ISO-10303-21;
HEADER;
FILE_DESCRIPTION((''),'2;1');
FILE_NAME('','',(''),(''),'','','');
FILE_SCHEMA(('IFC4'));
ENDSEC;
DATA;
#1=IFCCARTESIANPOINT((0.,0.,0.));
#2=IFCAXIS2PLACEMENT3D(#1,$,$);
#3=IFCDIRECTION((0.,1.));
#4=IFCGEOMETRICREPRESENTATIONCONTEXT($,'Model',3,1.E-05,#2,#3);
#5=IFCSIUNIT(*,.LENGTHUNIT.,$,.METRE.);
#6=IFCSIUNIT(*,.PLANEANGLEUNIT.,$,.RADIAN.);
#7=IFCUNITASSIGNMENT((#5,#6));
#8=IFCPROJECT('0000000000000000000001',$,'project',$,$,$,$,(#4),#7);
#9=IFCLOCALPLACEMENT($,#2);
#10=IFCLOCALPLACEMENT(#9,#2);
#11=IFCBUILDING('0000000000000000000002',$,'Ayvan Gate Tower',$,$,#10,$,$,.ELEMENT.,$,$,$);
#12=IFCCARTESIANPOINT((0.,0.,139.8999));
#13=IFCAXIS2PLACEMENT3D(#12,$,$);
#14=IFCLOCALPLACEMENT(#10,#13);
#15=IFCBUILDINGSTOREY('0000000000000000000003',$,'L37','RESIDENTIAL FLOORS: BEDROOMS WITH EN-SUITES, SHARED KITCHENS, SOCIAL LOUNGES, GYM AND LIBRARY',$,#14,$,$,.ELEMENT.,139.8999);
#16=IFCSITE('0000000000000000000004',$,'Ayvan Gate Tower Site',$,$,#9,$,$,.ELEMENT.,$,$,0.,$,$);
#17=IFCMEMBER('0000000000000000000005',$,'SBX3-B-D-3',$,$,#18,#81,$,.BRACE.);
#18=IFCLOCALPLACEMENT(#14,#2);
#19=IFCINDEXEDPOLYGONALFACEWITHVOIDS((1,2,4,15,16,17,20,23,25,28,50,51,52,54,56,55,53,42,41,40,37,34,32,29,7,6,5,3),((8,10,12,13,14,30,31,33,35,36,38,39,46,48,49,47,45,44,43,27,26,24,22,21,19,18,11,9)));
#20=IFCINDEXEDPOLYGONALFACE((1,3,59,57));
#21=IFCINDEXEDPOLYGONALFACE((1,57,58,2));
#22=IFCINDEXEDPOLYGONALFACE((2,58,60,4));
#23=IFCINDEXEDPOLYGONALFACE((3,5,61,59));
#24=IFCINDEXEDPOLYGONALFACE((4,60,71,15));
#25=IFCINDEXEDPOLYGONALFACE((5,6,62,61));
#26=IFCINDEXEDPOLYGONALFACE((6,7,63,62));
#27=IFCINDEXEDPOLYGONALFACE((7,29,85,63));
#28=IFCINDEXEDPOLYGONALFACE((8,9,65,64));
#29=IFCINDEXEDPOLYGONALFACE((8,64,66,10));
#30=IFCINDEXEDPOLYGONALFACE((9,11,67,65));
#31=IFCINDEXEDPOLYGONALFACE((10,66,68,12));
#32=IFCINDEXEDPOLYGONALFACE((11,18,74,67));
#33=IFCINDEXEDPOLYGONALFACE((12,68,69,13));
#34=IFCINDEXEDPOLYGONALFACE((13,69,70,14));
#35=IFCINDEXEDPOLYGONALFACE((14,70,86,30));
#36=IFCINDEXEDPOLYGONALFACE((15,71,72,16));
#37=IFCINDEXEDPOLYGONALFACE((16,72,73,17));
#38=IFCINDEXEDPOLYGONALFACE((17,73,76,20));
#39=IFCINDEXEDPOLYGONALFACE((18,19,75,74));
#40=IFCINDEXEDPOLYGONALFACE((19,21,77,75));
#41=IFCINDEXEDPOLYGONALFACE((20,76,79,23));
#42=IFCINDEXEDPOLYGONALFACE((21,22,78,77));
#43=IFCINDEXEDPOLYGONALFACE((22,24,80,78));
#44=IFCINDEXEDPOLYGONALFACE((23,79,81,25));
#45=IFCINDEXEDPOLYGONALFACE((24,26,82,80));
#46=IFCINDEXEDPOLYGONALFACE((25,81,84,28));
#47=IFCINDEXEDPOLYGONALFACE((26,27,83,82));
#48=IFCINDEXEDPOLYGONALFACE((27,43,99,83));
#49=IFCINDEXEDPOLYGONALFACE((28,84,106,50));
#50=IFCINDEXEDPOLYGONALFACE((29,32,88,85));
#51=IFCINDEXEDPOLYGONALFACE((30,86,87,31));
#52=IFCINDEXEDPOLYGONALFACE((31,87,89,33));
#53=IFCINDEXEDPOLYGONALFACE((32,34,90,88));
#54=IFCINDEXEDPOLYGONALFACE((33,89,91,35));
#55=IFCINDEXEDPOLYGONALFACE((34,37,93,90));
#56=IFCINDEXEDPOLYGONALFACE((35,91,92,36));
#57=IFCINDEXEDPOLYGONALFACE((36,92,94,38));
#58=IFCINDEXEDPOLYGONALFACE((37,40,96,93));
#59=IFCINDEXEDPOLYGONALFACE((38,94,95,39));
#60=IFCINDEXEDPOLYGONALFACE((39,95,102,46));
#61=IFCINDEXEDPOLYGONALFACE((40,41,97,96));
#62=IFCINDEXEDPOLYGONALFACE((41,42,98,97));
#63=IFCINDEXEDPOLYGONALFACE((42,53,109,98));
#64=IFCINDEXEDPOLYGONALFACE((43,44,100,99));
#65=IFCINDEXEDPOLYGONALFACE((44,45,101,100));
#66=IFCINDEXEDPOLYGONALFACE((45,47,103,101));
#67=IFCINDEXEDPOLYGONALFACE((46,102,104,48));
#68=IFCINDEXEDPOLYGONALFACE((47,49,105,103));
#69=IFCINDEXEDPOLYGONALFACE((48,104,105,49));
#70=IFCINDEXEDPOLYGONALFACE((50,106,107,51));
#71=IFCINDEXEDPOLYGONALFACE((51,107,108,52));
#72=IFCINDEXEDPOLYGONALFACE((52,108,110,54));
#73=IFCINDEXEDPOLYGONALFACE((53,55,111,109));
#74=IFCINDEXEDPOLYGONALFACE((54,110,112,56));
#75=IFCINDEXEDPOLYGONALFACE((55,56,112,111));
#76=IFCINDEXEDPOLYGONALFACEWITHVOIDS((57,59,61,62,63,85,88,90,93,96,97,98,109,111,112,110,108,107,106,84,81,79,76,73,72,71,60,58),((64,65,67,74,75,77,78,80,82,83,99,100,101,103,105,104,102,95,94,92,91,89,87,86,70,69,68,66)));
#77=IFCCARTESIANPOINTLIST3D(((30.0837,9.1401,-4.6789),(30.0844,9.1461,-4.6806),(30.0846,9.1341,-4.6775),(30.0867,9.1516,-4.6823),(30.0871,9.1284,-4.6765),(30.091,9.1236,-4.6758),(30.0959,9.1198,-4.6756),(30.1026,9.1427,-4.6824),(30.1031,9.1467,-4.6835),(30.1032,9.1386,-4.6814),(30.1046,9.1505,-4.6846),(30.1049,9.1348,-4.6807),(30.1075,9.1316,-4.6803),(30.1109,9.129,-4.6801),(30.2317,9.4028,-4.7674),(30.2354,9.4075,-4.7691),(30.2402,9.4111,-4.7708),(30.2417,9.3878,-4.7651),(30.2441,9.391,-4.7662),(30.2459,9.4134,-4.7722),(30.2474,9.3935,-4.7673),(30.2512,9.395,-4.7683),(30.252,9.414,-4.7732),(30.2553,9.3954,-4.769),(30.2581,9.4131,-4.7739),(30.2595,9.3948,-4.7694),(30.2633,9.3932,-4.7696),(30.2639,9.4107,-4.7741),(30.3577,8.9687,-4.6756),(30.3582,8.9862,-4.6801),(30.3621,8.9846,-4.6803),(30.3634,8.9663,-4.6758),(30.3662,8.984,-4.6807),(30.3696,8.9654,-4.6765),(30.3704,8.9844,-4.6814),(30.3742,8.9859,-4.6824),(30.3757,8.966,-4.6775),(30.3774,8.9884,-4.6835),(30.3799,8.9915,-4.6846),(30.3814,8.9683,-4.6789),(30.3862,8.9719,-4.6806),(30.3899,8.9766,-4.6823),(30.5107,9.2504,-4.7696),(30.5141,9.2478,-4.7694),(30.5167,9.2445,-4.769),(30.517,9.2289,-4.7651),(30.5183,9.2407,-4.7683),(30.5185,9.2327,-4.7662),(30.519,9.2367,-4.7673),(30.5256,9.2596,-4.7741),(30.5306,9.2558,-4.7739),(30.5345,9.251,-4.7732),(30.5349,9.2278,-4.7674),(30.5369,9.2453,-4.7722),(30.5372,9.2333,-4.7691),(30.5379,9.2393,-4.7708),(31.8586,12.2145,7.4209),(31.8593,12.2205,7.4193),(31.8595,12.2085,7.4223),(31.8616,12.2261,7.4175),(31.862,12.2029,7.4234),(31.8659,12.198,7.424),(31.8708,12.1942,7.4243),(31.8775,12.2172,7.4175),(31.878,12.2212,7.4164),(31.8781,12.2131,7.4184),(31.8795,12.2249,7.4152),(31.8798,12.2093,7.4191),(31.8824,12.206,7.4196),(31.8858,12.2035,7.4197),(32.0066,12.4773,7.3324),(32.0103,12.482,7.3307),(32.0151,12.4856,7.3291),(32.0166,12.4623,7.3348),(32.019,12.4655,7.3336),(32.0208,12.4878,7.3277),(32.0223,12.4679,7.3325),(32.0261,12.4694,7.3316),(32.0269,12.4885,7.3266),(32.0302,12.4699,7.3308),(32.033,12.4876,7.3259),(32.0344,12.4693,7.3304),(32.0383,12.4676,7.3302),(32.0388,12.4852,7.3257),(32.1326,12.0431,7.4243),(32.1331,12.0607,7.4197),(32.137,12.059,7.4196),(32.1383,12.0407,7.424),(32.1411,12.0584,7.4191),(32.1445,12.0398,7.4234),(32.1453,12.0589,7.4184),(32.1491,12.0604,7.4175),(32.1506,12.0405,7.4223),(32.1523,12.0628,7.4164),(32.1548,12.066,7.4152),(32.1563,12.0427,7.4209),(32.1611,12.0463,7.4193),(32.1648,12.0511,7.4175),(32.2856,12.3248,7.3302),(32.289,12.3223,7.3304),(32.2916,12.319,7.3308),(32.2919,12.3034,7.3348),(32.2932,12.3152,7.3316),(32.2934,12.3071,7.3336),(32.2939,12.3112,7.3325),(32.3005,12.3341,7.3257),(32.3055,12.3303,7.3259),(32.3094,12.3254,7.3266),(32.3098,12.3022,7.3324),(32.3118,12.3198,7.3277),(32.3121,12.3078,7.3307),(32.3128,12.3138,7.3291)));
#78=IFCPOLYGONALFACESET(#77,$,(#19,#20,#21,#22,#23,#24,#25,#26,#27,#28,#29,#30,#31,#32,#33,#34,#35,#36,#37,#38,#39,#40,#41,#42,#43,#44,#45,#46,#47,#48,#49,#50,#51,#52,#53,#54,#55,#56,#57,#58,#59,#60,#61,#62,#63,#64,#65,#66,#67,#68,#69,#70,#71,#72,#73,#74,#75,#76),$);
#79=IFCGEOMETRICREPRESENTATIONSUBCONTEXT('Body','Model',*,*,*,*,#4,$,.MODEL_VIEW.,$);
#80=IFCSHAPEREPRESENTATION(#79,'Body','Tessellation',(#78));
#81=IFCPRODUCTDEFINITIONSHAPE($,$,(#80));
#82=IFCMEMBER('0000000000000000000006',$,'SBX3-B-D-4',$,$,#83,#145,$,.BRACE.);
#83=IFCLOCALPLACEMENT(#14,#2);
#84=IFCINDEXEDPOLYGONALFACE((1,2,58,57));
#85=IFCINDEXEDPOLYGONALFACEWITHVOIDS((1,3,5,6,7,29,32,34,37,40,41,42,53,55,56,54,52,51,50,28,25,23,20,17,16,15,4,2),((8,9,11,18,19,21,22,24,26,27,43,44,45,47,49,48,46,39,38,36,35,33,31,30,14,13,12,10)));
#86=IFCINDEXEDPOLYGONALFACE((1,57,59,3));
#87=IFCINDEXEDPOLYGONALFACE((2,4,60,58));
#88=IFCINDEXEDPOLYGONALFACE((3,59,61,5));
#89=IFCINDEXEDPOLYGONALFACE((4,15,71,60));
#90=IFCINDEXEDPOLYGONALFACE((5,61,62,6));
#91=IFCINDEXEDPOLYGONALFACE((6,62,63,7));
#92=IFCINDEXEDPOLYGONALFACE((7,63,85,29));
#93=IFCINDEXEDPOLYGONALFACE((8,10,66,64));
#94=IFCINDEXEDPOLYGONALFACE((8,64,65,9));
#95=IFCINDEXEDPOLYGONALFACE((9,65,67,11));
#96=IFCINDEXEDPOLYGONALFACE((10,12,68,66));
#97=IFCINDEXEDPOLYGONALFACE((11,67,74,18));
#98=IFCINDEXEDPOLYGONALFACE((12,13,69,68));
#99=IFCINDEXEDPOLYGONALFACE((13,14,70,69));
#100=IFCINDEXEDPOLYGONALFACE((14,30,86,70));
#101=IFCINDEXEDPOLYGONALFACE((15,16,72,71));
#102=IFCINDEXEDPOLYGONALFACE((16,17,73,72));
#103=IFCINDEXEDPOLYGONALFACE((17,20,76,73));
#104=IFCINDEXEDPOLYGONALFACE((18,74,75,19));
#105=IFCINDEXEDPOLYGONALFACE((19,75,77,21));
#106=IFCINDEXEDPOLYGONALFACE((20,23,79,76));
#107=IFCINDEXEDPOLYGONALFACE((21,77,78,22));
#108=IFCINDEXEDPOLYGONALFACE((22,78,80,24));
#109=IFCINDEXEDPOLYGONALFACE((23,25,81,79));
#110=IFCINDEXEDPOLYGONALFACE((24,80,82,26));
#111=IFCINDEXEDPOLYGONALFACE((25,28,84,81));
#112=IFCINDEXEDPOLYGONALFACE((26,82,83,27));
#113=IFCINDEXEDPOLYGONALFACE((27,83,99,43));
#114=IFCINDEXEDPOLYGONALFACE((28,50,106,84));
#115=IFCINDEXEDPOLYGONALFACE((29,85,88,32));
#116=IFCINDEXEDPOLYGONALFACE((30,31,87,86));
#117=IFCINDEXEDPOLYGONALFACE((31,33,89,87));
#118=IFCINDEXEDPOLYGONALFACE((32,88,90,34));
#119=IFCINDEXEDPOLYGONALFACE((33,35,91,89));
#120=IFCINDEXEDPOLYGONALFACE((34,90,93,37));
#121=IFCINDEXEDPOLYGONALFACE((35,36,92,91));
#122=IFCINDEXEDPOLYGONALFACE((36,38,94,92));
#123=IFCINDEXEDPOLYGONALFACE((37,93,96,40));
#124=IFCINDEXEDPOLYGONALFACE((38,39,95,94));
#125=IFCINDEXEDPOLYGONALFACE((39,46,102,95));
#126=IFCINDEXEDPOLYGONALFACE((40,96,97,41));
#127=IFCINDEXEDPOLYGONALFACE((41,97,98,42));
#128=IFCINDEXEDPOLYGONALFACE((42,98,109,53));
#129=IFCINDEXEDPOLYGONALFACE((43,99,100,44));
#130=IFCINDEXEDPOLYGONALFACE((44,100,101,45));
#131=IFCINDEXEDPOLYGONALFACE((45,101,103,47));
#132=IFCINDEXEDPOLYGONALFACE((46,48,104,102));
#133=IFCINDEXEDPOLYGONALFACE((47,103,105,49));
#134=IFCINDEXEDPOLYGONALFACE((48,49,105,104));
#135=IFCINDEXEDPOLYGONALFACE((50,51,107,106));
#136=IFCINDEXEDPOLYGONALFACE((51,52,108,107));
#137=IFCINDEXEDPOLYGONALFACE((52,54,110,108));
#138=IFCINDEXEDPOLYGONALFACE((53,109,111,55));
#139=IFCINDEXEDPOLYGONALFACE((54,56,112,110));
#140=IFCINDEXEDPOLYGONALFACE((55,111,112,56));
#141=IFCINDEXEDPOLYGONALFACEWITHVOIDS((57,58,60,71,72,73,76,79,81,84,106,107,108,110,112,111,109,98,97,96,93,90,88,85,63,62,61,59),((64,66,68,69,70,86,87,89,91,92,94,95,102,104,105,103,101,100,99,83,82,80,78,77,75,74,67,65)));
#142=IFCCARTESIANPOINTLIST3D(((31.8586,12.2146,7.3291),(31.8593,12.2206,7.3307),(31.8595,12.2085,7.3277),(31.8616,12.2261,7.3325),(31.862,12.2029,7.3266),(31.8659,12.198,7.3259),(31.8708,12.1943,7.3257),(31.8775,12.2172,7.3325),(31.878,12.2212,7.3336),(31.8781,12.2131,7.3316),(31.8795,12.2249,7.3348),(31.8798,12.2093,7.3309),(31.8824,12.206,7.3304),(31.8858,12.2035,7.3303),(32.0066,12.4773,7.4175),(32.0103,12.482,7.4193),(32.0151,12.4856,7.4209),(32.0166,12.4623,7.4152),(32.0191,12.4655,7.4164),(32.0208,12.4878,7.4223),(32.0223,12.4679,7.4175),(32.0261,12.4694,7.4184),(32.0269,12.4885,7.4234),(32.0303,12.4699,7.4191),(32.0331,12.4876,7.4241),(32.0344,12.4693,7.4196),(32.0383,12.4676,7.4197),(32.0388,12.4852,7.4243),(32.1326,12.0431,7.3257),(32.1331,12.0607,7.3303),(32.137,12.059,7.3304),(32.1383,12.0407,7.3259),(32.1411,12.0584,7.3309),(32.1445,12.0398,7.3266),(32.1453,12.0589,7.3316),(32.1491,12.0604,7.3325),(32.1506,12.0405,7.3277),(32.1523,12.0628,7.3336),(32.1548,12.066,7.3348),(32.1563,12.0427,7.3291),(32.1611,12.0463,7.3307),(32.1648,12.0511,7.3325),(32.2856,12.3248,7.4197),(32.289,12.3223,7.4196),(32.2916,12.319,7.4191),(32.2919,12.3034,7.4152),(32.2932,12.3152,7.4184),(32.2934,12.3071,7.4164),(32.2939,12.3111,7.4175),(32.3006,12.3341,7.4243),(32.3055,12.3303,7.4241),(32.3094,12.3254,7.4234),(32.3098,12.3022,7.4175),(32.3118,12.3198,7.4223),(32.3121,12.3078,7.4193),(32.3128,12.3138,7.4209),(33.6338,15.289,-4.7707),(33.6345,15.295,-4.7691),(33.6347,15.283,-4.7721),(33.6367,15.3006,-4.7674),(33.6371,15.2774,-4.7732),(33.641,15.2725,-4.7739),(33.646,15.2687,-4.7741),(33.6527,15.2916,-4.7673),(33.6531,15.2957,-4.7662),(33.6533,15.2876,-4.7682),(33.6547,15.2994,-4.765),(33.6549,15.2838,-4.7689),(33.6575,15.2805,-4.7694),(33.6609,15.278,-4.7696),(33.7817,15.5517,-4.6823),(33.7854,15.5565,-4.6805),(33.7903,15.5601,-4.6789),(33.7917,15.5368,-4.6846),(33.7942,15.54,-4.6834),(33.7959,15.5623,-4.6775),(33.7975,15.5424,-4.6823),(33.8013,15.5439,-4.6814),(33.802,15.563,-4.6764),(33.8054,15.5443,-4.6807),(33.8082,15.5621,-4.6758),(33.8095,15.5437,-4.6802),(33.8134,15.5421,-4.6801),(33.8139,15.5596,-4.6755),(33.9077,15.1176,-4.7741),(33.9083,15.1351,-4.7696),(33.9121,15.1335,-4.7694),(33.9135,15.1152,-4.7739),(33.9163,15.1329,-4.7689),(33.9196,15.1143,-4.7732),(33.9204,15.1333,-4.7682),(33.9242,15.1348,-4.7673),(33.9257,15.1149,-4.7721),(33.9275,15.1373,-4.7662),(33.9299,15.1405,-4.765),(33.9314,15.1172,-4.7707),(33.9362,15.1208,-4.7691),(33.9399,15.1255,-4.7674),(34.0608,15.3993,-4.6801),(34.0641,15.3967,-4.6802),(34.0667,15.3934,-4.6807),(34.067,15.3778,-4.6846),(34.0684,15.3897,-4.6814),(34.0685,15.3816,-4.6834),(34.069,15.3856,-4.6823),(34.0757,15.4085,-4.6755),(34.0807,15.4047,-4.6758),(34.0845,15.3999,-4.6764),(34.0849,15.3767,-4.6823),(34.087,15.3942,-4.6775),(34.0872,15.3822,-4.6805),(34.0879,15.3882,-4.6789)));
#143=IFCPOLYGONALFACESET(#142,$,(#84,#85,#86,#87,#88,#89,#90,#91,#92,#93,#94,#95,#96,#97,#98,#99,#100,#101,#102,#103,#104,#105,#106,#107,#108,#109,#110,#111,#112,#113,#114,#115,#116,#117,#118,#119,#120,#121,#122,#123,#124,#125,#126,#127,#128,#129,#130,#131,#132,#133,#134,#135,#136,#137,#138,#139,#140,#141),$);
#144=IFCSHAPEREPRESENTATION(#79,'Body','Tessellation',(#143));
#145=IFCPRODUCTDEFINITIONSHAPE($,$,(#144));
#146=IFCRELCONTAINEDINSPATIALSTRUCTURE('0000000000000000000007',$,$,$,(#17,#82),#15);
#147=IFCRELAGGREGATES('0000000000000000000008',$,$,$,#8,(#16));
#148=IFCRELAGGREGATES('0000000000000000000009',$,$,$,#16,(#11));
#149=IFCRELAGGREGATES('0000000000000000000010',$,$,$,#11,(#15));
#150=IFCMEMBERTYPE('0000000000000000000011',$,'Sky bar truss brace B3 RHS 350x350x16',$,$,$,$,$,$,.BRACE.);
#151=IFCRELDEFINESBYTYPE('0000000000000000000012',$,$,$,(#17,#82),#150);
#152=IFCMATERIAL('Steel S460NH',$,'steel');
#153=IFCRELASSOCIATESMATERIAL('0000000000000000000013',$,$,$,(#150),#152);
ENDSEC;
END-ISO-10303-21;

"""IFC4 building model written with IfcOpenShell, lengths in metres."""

from ifc_helpers import new_model, si_unit, direction, frame, origin, origin_2d, place, context, subcontext, project, spatial, hollow_rectangle, extrude, material, material_profile, profile_set, type_object, element, save


model = new_model("IFC4")

# Units and contexts
model_context = context("Model", 3, precision=1e-05, world=origin(), true_north=direction((0.0, 1.0)))
body_context = subcontext(model_context, "Body", "Model", "MODEL_VIEW")
ifc_project = project(units=[si_unit("LENGTHUNIT", "METRE"), si_unit("PLANEANGLEUNIT", "RADIAN")], contexts=[model_context])

# Site, building, storey
site_placement = place(None, origin())
site = spatial("IfcSite", under=ifc_project, at=site_placement, Name="Ayvan Gate Tower Site", CompositionType="ELEMENT", RefElevation=0.0)
building_placement = place(site_placement, origin())
building = spatial("IfcBuilding", under=site, at=building_placement, Name="Ayvan Gate Tower", CompositionType="ELEMENT")
storey_placement = place(building_placement, frame((0.0, 0.0, 139.8999)))
storey = spatial("IfcBuildingStorey", under=building, at=storey_placement, Name="L37", Description="RESIDENTIAL FLOORS: BEDROOMS WITH EN-SUITES, SHARED KITCHENS, SOCIAL LOUNGES, GYM AND LIBRARY", CompositionType="ELEMENT", Elevation=139.8999)

# Members
ifc_material_1 = material(Name="Steel S460NH", Category="steel")
ifc_material_profile_1 = material_profile(ifc_material_1, hollow_rectangle(XDim=0.3501, YDim=0.3501, WallThickness=0.0161, InnerFilletRadius=0.0161, OuterFilletRadius=0.0239, at=origin_2d()), Name="RHS 350x350x16")
ifc_profile_set_1 = profile_set([ifc_material_profile_1], Name="Steel S460NH")
member_type_1 = type_object("IfcMemberType", Name="Sky bar truss brace B3 RHS 350x350x16", PredefinedType="BRACE", material=ifc_profile_set_1)
for number, where, z_axis, x_axis, name in (
    (1, (30.3108, 9.1897, -4.7249), (0.140755, 0.243814, 0.959553), (-0.866042, 0.49997, 0.0), "SBX3-B-D-3"),
    (2, (32.0857, 12.2642, 7.375), (0.140774, 0.243813, -0.959551), (-0.866013, 0.500022, 0.0), "SBX3-B-D-4"),
):
    element("IfcMember", number, at=place(storey_placement, frame(where, z_axis=z_axis, x_axis=x_axis)), inside=storey, type_object=member_type_1, Name=name, PredefinedType="BRACE", context=body_context, shape_type="SweptSolid", body=[
        extrude(hollow_rectangle(XDim=0.3501, YDim=0.3501, WallThickness=0.0161, InnerFilletRadius=0.0161, OuterFilletRadius=0.0239, at=origin_2d()), origin(), (0.0, 0.0, 1.0), 12.6099),
    ])

save(model, "model.ifc")
